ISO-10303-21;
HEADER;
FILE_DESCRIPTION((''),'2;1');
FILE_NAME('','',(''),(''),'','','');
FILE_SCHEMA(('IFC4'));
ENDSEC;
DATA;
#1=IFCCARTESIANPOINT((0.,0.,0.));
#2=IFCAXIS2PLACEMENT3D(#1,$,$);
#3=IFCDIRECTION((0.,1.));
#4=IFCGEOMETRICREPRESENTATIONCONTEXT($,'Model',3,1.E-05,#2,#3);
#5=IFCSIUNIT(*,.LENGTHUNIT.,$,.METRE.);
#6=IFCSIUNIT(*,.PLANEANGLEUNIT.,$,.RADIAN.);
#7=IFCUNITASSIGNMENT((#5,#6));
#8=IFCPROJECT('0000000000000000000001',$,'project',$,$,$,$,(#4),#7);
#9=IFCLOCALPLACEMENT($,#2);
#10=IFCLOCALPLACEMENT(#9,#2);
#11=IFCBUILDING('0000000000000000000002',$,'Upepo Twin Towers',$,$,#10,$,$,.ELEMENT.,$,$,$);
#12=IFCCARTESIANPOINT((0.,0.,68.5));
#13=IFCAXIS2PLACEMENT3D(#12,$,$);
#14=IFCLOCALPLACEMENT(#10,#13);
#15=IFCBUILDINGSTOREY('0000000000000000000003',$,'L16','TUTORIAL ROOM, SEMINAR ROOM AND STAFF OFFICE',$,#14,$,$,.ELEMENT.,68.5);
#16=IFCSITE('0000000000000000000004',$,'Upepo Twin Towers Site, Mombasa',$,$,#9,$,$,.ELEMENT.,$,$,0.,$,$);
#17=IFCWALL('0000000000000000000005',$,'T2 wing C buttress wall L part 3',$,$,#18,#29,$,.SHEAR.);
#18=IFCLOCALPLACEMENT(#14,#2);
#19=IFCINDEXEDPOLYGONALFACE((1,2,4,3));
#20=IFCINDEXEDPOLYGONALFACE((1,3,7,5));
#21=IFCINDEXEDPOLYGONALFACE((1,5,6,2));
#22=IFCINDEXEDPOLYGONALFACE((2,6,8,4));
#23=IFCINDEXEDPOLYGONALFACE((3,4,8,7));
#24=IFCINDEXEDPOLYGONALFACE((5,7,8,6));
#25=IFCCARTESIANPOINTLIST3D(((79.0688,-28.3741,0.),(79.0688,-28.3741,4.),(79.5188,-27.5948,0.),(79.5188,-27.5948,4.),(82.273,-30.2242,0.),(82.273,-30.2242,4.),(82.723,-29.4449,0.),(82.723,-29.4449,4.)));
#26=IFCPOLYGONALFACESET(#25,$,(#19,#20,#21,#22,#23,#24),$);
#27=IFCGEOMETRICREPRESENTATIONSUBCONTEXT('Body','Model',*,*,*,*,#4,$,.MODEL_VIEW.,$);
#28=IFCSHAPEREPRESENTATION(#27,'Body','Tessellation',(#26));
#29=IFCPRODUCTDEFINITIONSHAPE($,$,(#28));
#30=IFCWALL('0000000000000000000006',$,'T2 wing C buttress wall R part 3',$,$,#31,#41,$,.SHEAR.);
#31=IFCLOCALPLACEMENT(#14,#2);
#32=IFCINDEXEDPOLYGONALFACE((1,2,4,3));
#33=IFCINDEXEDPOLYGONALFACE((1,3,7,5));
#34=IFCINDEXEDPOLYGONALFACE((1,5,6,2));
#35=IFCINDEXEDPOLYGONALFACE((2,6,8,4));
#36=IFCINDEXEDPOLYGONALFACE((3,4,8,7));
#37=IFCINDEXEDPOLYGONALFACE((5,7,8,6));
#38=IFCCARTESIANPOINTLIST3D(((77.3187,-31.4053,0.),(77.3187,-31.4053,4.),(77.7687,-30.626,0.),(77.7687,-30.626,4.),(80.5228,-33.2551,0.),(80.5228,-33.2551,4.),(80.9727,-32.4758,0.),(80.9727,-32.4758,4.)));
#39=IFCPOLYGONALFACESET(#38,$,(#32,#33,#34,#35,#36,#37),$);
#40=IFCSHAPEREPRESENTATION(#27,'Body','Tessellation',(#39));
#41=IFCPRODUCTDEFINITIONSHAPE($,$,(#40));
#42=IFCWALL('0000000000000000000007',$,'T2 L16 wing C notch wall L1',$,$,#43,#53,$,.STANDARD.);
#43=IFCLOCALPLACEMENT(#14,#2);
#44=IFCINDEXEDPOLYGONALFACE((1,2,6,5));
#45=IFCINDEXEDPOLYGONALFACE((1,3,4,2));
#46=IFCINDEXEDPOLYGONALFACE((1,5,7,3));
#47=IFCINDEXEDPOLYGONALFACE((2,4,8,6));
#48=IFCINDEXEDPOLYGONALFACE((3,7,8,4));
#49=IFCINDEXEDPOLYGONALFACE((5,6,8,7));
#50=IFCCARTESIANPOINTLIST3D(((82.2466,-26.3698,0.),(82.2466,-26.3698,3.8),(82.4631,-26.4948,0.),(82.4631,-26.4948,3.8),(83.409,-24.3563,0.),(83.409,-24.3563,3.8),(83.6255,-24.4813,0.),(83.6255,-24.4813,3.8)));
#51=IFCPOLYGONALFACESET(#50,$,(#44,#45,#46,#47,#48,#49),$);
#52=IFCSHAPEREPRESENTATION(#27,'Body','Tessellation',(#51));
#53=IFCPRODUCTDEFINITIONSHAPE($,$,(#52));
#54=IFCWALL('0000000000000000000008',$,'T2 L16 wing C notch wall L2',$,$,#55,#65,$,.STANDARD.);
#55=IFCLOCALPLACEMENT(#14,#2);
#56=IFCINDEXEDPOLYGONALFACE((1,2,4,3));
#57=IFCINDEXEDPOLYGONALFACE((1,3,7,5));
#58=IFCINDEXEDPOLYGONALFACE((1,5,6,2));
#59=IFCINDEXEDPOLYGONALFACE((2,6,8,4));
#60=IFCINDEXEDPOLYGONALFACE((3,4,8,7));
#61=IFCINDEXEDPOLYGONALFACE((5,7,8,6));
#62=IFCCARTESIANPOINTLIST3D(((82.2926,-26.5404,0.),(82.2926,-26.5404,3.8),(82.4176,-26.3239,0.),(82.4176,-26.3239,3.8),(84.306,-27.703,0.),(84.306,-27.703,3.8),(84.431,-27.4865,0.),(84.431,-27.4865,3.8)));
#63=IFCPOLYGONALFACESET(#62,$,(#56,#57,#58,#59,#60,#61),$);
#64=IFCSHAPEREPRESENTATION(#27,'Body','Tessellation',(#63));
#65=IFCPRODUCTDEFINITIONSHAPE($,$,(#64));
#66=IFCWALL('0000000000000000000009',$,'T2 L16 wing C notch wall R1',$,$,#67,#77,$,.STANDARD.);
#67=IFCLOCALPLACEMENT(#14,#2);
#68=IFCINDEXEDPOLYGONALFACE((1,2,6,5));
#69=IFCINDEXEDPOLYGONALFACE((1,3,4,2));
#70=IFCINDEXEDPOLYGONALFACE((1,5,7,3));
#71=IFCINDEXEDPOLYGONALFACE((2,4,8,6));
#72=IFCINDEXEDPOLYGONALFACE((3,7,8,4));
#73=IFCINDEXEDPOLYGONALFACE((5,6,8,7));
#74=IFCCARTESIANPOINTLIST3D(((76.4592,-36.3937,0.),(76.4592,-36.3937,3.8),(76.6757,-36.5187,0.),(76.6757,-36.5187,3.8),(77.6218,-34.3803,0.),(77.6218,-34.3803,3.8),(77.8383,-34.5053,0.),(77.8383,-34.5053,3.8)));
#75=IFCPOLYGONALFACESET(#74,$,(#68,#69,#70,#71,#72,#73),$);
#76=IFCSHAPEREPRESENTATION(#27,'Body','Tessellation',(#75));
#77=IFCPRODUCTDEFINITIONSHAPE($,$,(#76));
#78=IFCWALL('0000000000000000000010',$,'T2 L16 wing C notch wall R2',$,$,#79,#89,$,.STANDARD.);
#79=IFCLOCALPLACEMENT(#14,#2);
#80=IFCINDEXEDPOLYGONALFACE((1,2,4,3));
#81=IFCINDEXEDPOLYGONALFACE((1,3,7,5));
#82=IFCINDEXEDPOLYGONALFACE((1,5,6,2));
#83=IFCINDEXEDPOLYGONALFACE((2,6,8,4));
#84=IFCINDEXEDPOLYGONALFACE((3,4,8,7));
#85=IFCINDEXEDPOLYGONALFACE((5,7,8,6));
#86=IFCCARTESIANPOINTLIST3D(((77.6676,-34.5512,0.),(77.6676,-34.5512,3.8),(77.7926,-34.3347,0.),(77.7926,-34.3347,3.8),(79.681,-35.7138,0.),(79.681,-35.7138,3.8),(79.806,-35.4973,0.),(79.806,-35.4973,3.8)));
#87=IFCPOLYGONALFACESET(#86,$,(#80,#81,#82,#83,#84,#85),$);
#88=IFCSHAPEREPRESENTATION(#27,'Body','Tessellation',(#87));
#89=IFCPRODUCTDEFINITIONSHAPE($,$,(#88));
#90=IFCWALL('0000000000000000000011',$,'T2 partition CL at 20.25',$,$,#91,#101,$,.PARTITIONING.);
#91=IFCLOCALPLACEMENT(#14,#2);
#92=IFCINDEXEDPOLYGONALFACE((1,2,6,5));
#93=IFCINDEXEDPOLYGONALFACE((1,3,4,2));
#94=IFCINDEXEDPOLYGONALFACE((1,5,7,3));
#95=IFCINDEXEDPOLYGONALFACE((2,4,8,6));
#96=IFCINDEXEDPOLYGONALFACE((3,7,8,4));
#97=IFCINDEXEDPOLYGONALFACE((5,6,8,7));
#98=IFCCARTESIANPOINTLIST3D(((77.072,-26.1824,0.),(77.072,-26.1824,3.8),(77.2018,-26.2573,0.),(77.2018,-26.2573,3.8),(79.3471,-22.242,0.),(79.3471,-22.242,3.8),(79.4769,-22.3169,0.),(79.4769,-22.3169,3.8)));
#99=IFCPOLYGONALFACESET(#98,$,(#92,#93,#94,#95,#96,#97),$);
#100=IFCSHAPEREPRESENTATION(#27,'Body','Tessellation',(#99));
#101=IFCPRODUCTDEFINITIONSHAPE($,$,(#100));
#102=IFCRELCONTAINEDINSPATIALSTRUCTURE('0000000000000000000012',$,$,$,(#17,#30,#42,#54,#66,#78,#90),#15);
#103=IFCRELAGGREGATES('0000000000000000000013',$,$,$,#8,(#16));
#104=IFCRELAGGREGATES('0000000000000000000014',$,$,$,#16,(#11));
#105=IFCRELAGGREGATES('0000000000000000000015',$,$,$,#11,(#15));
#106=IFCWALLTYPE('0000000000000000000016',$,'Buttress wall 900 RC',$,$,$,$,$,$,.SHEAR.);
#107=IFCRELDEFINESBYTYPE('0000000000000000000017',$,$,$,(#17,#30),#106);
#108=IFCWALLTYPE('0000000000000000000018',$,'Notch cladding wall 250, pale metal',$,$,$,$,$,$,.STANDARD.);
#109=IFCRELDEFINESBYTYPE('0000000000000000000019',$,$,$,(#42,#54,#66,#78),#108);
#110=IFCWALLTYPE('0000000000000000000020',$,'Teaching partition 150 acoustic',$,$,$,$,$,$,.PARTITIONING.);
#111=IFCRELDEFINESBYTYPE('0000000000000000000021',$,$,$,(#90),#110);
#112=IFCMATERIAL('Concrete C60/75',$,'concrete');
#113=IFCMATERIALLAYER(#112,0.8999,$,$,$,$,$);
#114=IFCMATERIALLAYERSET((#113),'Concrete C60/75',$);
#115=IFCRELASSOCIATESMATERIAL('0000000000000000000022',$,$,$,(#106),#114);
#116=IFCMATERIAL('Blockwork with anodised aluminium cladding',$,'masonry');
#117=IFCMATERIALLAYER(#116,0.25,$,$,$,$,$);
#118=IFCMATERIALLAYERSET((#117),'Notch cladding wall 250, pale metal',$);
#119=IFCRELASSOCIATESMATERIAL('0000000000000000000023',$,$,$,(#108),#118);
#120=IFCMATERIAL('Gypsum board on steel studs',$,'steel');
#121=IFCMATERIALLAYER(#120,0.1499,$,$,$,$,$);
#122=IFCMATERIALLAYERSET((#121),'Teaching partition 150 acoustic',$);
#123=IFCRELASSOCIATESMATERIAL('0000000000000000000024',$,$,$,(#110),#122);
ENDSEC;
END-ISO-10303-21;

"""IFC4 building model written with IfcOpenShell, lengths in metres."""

from ifc_helpers import new_model, si_unit, direction, frame, frame_2d, origin, place, context, subcontext, project, spatial, rectangle, extrude, material, layer, layer_set, type_object, element, save


model = new_model("IFC4")

# Units and contexts
model_context = context("Model", 3, precision=1e-05, world=origin(), true_north=direction((0.0, 1.0)))
body_context = subcontext(model_context, "Body", "Model", "MODEL_VIEW")
ifc_project = project(units=[si_unit("LENGTHUNIT", "METRE"), si_unit("PLANEANGLEUNIT", "RADIAN")], contexts=[model_context])

# Site, building, storey
site_placement = place(None, origin())
site = spatial("IfcSite", under=ifc_project, at=site_placement, Name="Upepo Twin Towers Site, Mombasa", CompositionType="ELEMENT", RefElevation=0.0)
building_placement = place(site_placement, origin())
building = spatial("IfcBuilding", under=site, at=building_placement, Name="Upepo Twin Towers", CompositionType="ELEMENT")
storey_placement = place(building_placement, frame((0.0, 0.0, 68.5)))
storey = spatial("IfcBuildingStorey", under=building, at=storey_placement, Name="L16", Description="TUTORIAL ROOM, SEMINAR ROOM AND STAFF OFFICE", CompositionType="ELEMENT", Elevation=68.5)

# Walls
ifc_material_1 = material(Name="Concrete C60/75", Category="concrete")
ifc_layer_1 = layer(ifc_material_1, 0.8999)
ifc_layer_set_1 = layer_set([ifc_layer_1], Name="Concrete C60/75")
wall_type_1 = type_object("IfcWallType", Name="Buttress wall 900 RC", PredefinedType="SHEAR", material=ifc_layer_set_1)
wall_1_placement = place(storey_placement, frame((79.2937, -27.9844, 0.0), z_axis=(0.0, 0.0, 1.0), x_axis=(0.866001, -0.500042, 0.0)))
element("IfcWall", 1, at=wall_1_placement, inside=storey, type_object=wall_type_1, Name="T2 wing C buttress wall L part 3", PredefinedType="SHEAR", context=body_context, shape_type="SweptSolid", body=[
    extrude(rectangle(XDim=3.7, YDim=0.8999, at=frame_2d((1.8501, 0.0))), origin(), (0.0, 0.0, 1.0), 4.0),
])
wall_2_placement = place(storey_placement, frame((77.5437, -31.0156, 0.0), z_axis=(0.0, 0.0, 1.0), x_axis=(0.86603, -0.499993, 0.0)))
element("IfcWall", 2, at=wall_2_placement, inside=storey, type_object=wall_type_1, Name="T2 wing C buttress wall R part 3", PredefinedType="SHEAR", context=body_context, shape_type="SweptSolid", body=[
    extrude(rectangle(XDim=3.6997, YDim=0.8999, at=frame_2d((1.8499, 0.0))), origin(), (0.0, 0.0, 1.0), 4.0),
])
ifc_material_2 = material(Name="Blockwork with anodised aluminium cladding", Category="masonry")
ifc_layer_2 = layer(ifc_material_2, 0.25)
ifc_layer_set_2 = layer_set([ifc_layer_2], Name="Notch cladding wall 250, pale metal")
wall_type_2 = type_object("IfcWallType", Name="Notch cladding wall 250, pale metal", PredefinedType="STANDARD", material=ifc_layer_set_2)
for number, where, z_axis, x_axis, name in (
    (3, (83.5173, -24.4187, 0.0), (0.0, 0.0, 1.0), (-0.499968, -0.866044, 0.0), "T2 L16 wing C notch wall L1"),
    (4, (82.355, -26.4321, 0.0), (0.0, 0.0, 1.0), (0.865998, -0.500047, 0.0), "T2 L16 wing C notch wall L2"),
    (5, (76.5674, -36.4563, 0.0), (0.0, 0.0, 1.0), (0.500047, 0.865998, 0.0), "T2 L16 wing C notch wall R1"),
    (6, (77.73, -34.4429, 0.0), (0.0, 0.0, 1.0), (0.865998, -0.500047, 0.0), "T2 L16 wing C notch wall R2"),
):
    element("IfcWall", number, at=place(storey_placement, frame(where, z_axis=z_axis, x_axis=x_axis)), inside=storey, type_object=wall_type_2, Name=name, PredefinedType="STANDARD", context=body_context, shape_type="SweptSolid", body=[
        extrude(rectangle(XDim=2.325, YDim=0.25, at=frame_2d((1.1626, 0.0))), origin(), (0.0, 0.0, 1.0), 3.8),
    ])
ifc_material_3 = material(Name="Gypsum board on steel studs", Category="steel")
ifc_layer_3 = layer(ifc_material_3, 0.1499)
ifc_layer_set_3 = layer_set([ifc_layer_3], Name="Teaching partition 150 acoustic")
wall_type_3 = type_object("IfcWallType", Name="Teaching partition 150 acoustic", PredefinedType="PARTITIONING", material=ifc_layer_set_3)
wall_3_placement = place(storey_placement, frame((77.137, -26.2197, 0.0), z_axis=(0.0, 0.0, 1.0), x_axis=(0.500023, 0.866012, 0.0)))
element("IfcWall", 7, at=wall_3_placement, inside=storey, type_object=wall_type_3, Name="T2 partition CL at 20.25", PredefinedType="PARTITIONING", context=body_context, shape_type="SweptSolid", body=[
    extrude(rectangle(XDim=4.55, YDim=0.1499, at=frame_2d((2.2749, 0.0))), origin(), (0.0, 0.0, 1.0), 3.8),
])

save(model, "model.ifc")
